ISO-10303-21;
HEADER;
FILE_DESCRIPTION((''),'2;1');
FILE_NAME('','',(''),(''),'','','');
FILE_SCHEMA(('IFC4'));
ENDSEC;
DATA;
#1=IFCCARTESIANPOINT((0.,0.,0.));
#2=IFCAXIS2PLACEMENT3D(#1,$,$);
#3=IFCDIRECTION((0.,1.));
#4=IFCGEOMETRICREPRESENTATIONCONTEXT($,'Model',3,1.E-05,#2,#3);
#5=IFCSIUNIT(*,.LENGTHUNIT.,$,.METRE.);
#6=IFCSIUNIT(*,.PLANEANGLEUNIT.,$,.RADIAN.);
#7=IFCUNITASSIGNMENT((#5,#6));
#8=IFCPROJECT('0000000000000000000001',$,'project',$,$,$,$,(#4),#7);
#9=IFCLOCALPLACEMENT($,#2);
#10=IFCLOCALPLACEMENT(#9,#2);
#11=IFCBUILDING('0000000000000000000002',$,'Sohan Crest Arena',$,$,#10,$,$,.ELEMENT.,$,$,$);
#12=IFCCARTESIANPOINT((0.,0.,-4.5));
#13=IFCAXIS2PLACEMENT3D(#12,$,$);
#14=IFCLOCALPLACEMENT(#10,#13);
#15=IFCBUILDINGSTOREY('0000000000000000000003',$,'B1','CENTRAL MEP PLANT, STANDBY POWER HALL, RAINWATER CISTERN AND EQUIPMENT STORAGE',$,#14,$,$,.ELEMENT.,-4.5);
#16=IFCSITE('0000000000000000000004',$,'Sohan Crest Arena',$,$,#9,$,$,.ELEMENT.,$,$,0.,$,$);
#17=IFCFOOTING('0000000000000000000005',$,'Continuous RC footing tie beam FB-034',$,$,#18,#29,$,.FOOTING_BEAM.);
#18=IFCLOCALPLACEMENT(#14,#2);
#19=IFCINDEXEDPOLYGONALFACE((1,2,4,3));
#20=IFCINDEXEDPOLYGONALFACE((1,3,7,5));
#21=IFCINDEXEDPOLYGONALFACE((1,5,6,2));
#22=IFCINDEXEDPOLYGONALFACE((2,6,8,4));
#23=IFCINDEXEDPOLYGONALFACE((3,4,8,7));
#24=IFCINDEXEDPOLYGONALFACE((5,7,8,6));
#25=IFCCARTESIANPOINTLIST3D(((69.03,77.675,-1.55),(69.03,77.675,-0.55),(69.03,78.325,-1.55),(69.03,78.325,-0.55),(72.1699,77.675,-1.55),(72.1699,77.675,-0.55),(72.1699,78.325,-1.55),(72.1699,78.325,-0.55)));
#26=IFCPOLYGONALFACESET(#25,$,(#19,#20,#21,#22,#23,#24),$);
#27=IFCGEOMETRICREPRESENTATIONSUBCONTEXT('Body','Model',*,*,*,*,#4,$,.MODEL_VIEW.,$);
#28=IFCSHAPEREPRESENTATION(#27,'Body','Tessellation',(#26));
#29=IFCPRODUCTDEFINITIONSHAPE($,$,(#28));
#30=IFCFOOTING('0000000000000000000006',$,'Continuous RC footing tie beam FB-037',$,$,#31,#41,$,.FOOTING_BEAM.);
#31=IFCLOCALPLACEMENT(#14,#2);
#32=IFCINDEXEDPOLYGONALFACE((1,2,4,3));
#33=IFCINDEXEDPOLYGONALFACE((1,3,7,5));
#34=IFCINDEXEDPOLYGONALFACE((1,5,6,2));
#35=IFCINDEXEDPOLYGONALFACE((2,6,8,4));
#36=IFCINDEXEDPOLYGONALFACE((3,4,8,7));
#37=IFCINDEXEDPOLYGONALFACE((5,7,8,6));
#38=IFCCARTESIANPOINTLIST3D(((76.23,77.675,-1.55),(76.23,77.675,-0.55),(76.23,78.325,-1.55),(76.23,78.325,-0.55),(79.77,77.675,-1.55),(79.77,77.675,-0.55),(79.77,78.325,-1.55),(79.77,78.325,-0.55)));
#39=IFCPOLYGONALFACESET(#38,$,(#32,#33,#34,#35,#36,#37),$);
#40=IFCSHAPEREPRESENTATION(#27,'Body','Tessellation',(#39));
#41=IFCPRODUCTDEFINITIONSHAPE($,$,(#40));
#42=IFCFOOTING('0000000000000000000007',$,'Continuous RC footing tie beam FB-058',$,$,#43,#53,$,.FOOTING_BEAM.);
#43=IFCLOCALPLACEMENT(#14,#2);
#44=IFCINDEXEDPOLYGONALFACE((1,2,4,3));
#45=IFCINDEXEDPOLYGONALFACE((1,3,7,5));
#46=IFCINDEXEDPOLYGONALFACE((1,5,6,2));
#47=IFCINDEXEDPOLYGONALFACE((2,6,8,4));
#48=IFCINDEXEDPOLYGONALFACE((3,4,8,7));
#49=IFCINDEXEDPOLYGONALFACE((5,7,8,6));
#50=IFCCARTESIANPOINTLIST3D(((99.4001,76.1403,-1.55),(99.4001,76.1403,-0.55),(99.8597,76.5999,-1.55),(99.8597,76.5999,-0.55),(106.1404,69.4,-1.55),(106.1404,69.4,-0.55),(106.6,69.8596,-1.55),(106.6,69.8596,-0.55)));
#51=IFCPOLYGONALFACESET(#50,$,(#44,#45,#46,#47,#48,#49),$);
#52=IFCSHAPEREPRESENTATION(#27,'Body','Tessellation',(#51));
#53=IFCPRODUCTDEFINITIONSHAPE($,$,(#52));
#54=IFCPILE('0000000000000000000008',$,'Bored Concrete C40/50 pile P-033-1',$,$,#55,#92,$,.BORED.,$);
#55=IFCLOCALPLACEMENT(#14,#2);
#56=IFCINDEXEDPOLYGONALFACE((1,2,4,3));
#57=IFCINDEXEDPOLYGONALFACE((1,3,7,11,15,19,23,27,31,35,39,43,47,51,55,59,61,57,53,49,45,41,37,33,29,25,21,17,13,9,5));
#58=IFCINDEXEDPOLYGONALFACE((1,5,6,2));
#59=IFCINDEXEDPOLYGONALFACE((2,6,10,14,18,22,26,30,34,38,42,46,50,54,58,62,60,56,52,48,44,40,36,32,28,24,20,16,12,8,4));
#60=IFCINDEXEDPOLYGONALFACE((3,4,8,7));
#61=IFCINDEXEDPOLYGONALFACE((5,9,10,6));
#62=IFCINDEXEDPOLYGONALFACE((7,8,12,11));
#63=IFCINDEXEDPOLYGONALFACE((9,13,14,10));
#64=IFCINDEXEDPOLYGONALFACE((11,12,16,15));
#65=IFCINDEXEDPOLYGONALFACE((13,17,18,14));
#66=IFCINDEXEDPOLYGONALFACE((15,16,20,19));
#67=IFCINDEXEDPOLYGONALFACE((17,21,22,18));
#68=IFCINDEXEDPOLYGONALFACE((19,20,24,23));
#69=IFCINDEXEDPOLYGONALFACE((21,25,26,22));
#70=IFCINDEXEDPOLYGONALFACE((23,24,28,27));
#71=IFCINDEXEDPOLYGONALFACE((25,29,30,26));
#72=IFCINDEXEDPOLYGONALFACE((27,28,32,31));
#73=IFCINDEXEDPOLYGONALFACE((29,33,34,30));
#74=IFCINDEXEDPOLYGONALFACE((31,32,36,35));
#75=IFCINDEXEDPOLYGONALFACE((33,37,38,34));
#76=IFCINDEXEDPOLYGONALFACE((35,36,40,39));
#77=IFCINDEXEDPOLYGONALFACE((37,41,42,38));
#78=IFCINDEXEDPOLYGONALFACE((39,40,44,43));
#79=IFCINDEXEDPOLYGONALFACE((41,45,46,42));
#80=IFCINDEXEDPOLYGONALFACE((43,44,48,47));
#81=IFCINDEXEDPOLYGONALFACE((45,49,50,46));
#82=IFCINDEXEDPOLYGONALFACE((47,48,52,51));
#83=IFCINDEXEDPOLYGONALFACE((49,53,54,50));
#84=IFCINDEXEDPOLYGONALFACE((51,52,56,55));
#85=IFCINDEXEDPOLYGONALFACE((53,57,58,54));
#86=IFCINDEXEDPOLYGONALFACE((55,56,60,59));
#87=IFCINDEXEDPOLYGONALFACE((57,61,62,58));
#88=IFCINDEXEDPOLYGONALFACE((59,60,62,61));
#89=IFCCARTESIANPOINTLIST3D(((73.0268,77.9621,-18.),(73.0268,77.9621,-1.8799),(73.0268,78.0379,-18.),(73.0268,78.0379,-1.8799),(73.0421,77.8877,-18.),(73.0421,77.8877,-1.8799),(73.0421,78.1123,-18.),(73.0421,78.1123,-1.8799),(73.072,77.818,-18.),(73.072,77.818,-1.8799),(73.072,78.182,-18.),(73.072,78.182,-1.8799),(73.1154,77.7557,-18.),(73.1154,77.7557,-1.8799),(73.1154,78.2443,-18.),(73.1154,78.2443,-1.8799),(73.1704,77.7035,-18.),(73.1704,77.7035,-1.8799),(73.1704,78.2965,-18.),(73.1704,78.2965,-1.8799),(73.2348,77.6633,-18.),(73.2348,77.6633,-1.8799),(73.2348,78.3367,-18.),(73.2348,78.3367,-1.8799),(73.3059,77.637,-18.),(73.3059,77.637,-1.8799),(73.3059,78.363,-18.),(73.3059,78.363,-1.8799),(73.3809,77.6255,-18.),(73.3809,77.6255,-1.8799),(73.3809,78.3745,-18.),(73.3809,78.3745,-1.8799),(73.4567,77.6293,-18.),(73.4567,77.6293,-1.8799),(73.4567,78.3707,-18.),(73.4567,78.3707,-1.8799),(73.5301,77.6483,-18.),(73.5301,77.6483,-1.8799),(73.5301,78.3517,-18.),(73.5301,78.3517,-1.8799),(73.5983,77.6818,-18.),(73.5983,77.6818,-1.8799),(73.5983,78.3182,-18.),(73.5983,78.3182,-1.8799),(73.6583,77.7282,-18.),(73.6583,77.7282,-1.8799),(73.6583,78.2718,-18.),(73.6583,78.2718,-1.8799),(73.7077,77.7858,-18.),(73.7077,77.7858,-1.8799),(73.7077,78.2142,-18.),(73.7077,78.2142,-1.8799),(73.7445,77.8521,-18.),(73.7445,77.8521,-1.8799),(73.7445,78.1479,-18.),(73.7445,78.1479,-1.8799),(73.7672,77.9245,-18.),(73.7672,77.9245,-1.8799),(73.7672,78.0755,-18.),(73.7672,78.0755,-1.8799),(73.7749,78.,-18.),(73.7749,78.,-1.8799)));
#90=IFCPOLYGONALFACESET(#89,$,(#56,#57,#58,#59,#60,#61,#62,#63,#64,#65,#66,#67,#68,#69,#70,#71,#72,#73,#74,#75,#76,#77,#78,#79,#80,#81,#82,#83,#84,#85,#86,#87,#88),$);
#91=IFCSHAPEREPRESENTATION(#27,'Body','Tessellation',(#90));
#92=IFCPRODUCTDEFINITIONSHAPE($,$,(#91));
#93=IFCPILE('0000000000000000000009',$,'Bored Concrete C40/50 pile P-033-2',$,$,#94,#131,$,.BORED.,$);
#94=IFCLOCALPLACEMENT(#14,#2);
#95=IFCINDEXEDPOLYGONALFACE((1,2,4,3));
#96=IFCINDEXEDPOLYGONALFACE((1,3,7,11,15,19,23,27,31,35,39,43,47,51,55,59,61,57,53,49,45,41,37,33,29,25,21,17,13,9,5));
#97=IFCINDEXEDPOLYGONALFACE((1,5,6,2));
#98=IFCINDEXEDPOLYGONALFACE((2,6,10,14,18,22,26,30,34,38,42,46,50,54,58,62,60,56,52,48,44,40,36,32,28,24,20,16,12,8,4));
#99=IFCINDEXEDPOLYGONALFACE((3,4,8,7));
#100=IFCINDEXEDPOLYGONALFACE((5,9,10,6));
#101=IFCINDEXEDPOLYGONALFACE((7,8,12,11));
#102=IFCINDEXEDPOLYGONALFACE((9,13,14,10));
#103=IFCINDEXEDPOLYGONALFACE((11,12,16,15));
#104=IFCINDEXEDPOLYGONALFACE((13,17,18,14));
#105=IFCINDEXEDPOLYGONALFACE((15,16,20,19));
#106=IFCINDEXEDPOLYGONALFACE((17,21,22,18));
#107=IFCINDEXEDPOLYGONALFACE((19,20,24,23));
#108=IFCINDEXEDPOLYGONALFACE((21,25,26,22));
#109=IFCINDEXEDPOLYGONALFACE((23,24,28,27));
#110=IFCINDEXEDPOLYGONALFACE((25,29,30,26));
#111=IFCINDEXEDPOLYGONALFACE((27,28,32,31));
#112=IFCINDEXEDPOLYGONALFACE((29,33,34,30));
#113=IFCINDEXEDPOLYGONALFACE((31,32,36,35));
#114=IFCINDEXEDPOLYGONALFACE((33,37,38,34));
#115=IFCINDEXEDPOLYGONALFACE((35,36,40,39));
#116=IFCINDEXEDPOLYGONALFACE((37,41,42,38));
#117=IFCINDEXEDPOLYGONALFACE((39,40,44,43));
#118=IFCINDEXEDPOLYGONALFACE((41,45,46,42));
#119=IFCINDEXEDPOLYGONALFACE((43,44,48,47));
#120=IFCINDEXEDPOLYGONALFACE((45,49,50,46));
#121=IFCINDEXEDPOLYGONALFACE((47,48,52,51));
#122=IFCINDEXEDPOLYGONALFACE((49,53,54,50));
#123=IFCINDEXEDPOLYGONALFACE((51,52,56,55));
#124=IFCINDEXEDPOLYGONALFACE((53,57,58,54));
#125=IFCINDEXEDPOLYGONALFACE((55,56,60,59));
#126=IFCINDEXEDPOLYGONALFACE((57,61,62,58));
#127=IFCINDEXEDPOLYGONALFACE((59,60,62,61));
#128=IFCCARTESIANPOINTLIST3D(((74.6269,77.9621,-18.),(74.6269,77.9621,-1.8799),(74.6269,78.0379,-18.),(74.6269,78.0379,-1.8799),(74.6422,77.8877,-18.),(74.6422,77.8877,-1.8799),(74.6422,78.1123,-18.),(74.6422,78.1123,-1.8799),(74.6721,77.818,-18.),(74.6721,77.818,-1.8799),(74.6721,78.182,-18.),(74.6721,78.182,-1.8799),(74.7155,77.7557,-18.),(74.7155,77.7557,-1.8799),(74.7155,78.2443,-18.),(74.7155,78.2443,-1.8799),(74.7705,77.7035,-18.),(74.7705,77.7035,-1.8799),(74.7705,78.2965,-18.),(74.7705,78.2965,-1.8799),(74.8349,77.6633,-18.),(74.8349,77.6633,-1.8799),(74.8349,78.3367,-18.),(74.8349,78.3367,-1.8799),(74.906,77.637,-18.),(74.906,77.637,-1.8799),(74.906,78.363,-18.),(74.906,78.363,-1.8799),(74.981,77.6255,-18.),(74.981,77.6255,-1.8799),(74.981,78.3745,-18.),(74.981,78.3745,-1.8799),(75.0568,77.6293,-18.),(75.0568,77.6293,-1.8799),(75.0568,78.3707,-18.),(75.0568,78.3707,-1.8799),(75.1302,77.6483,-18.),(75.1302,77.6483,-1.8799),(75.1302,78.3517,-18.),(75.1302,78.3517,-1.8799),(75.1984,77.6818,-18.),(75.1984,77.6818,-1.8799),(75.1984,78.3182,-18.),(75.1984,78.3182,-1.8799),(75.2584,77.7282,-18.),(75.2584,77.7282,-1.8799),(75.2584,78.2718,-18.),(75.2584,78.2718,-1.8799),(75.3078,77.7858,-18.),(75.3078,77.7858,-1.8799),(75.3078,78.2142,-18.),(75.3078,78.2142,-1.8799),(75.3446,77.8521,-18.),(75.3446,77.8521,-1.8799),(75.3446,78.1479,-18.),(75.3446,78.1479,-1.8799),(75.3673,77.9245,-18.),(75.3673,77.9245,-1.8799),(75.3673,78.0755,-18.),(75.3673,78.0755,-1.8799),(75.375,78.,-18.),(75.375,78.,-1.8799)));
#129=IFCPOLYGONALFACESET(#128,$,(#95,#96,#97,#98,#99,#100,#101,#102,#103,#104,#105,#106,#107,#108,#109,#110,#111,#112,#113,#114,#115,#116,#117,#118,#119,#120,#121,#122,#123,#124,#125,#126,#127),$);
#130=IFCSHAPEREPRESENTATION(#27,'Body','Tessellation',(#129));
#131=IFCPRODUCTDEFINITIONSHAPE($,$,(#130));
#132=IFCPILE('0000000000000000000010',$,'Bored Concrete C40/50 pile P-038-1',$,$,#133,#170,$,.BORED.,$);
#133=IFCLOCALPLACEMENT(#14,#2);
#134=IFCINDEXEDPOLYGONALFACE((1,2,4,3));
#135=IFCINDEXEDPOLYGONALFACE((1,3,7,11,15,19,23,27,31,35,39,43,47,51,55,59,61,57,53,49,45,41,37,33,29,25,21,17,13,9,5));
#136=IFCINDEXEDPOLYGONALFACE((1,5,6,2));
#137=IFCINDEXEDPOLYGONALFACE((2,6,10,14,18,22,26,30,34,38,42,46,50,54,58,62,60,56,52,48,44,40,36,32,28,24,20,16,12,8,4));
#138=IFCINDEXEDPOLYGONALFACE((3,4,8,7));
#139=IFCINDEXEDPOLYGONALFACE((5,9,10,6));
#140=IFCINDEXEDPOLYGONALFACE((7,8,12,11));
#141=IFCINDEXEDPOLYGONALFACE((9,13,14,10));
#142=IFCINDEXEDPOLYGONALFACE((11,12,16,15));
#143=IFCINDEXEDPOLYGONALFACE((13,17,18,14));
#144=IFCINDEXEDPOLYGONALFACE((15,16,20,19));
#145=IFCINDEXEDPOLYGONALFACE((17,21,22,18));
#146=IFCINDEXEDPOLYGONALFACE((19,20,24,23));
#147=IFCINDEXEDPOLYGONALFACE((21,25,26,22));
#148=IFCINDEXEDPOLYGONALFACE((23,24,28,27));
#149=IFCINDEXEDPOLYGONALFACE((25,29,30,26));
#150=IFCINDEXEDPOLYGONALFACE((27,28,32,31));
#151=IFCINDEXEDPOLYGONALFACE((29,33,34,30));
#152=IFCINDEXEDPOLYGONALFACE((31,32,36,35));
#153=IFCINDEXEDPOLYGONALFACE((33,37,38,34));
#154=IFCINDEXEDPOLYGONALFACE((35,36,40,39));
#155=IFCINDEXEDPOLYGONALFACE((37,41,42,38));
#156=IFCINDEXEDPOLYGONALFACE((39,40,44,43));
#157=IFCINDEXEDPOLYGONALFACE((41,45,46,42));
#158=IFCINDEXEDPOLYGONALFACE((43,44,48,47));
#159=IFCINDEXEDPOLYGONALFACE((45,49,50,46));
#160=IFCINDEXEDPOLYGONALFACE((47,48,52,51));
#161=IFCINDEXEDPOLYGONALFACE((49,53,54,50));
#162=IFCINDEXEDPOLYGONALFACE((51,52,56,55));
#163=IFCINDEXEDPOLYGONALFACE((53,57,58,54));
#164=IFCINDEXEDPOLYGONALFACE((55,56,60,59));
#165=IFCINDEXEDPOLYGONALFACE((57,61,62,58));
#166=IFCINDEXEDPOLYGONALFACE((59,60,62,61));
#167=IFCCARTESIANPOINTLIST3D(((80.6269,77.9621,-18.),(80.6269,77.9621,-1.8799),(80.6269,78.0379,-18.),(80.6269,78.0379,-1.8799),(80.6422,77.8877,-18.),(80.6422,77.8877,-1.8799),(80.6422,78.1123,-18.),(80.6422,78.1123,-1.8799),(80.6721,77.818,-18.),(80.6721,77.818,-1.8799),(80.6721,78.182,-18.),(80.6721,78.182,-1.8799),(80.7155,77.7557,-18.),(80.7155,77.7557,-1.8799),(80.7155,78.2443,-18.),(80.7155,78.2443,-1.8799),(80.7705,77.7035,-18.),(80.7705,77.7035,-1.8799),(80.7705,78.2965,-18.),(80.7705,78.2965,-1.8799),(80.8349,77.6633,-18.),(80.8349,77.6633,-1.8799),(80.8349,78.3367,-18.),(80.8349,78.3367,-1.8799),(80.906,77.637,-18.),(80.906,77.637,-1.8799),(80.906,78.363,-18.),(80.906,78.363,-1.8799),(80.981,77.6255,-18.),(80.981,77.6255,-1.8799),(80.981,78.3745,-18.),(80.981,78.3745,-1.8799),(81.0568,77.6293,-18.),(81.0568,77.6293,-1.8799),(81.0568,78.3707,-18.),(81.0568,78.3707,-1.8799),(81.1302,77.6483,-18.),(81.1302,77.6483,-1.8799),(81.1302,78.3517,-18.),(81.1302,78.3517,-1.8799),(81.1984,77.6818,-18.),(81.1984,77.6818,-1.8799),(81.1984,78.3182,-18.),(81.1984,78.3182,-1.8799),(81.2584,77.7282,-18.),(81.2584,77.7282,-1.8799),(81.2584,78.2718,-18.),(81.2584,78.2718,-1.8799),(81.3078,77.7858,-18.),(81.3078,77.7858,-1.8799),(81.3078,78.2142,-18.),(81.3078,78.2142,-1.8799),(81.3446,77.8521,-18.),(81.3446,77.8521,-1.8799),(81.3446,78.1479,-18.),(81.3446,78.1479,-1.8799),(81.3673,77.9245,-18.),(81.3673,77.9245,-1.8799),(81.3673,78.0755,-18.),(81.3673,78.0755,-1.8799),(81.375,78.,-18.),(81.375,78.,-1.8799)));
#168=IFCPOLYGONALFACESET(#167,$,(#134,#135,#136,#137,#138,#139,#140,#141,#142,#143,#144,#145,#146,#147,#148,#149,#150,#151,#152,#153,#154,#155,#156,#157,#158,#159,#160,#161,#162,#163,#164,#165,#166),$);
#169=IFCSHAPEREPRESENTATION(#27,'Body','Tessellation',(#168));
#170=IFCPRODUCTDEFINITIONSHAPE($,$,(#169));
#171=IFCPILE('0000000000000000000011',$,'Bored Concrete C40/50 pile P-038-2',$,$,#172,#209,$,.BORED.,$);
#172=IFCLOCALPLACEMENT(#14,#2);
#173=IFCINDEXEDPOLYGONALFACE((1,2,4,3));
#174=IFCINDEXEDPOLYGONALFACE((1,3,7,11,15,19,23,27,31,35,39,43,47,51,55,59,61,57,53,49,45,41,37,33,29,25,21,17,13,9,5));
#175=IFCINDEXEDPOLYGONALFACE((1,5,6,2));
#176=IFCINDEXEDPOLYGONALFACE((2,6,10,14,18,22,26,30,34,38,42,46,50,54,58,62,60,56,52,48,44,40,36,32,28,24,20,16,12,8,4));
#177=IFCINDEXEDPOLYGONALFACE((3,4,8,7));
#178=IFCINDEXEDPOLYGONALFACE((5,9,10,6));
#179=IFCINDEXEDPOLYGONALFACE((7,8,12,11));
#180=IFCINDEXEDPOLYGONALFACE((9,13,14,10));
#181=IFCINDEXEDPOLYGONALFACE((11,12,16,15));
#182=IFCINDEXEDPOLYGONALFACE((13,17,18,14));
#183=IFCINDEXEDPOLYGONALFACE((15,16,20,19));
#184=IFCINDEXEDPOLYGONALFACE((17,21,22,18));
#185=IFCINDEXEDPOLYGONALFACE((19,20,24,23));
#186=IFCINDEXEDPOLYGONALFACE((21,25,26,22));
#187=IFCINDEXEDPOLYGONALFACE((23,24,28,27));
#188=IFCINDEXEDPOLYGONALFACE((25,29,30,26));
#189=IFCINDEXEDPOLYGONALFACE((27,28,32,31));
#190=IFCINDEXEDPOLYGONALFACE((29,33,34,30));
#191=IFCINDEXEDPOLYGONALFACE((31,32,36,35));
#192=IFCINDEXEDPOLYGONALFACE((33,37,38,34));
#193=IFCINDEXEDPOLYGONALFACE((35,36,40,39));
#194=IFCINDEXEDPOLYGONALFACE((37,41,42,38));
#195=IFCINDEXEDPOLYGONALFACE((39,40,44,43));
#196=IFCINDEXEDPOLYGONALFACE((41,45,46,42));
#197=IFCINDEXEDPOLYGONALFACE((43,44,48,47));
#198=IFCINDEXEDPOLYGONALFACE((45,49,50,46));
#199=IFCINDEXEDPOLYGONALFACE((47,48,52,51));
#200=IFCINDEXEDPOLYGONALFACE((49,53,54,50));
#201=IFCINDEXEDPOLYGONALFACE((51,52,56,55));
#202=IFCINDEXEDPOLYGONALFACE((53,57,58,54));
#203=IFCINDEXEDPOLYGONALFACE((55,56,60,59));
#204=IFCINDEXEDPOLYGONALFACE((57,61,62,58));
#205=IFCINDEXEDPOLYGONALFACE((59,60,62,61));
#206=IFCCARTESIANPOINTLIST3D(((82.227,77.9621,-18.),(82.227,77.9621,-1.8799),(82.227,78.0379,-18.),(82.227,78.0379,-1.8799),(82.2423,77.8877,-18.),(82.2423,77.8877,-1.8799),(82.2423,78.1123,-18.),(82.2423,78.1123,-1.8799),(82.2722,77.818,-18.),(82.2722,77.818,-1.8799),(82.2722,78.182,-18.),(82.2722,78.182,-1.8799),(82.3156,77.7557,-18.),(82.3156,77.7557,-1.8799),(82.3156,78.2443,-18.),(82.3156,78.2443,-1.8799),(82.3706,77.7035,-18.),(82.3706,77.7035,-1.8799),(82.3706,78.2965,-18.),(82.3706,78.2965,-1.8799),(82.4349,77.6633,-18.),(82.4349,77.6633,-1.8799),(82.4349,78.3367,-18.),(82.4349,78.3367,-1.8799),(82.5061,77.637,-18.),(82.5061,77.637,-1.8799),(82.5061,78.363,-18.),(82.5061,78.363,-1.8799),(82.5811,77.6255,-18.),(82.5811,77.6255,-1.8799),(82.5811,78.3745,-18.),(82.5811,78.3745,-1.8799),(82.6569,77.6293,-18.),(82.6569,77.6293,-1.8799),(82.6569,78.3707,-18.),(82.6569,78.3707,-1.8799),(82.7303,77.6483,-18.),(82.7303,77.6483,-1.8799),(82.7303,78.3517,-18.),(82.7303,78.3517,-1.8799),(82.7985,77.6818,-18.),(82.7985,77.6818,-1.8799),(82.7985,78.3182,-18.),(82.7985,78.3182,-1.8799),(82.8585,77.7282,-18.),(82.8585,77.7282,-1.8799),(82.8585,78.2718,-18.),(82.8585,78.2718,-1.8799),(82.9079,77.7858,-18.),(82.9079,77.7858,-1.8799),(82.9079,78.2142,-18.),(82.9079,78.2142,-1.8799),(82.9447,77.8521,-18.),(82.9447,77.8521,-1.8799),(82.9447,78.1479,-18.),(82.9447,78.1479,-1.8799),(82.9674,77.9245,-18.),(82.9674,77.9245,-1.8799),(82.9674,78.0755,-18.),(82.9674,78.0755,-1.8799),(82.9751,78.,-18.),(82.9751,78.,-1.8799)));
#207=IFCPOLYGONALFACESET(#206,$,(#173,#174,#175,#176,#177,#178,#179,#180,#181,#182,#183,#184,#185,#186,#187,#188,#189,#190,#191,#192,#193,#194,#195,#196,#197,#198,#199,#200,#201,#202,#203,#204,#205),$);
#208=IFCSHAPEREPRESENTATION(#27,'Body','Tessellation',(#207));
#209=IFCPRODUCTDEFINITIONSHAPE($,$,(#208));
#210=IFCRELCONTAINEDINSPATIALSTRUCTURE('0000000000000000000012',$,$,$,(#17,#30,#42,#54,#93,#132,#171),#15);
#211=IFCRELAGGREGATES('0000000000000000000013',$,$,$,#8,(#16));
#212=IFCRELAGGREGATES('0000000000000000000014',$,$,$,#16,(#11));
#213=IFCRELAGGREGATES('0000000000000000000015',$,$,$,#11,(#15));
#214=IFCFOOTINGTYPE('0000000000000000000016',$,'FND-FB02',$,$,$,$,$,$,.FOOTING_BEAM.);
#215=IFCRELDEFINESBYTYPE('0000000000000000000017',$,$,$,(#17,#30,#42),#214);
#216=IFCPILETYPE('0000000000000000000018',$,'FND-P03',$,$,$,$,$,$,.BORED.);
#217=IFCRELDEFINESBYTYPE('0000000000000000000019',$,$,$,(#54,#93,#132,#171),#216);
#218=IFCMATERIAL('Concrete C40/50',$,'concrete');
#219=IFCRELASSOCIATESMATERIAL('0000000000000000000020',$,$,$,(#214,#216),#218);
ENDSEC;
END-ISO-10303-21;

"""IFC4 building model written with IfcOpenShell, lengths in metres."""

from ifc_helpers import new_model, si_unit, direction, frame, origin, origin_2d, place, context, subcontext, project, spatial, rectangle, circle, extrude, material, material_profile, profile_set, type_object, element, save


model = new_model("IFC4")

# Units and contexts
model_context = context("Model", 3, precision=1e-05, world=origin(), true_north=direction((0.0, 1.0)))
body_context = subcontext(model_context, "Body", "Model", "MODEL_VIEW")
ifc_project = project(units=[si_unit("LENGTHUNIT", "METRE"), si_unit("PLANEANGLEUNIT", "RADIAN")], contexts=[model_context])

# Site, building, storey
site_placement = place(None, origin())
site = spatial("IfcSite", under=ifc_project, at=site_placement, Name="Sohan Crest Arena", CompositionType="ELEMENT", RefElevation=0.0)
building_placement = place(site_placement, origin())
building = spatial("IfcBuilding", under=site, at=building_placement, Name="Sohan Crest Arena", CompositionType="ELEMENT")
storey_placement = place(building_placement, frame((0.0, 0.0, -4.5)))
storey = spatial("IfcBuildingStorey", under=building, at=storey_placement, Name="B1", Description="CENTRAL MEP PLANT, STANDBY POWER HALL, RAINWATER CISTERN AND EQUIPMENT STORAGE", CompositionType="ELEMENT", Elevation=-4.5)

# Footings
ifc_material = material(Name="Concrete C40/50", Category="concrete")
ifc_material_profile_1 = material_profile(ifc_material, rectangle(XDim=0.6499, YDim=1.0, at=origin_2d()), Name="RC-FB 650x1000")
ifc_profile_set_1 = profile_set([ifc_material_profile_1], Name="Concrete C40/50")
footing_type_1 = type_object("IfcFootingType", Name="FND-FB02", PredefinedType="FOOTING_BEAM", material=ifc_profile_set_1)
footing_1_placement = place(storey_placement, frame((69.03, 78.0, -1.05), z_axis=(1.0, 0.0, 0.0), x_axis=(0.0, 1.0, 0.0)))
element("IfcFooting", 1, at=footing_1_placement, inside=storey, type_object=footing_type_1, Name="Continuous RC footing tie beam FB-034", PredefinedType="FOOTING_BEAM", context=body_context, shape_type="SweptSolid", body=[
    extrude(rectangle(XDim=0.6499, YDim=1.0, at=origin_2d()), origin(), (0.0, 0.0, 1.0), 3.1399),
])
footing_2_placement = place(storey_placement, frame((76.23, 78.0, -1.05), z_axis=(1.0, 0.0, 0.0), x_axis=(0.0, 1.0, 0.0)))
element("IfcFooting", 2, at=footing_2_placement, inside=storey, type_object=footing_type_1, Name="Continuous RC footing tie beam FB-037", PredefinedType="FOOTING_BEAM", context=body_context, shape_type="SweptSolid", body=[
    extrude(rectangle(XDim=0.6499, YDim=1.0, at=origin_2d()), origin(), (0.0, 0.0, 1.0), 3.54),
])
footing_3_placement = place(storey_placement, frame((99.6299, 76.3701, -1.05), z_axis=(0.707107, -0.707107, 0.0), x_axis=(0.707107, 0.707107, 0.0)))
element("IfcFooting", 3, at=footing_3_placement, inside=storey, type_object=footing_type_1, Name="Continuous RC footing tie beam FB-058", PredefinedType="FOOTING_BEAM", context=body_context, shape_type="SweptSolid", body=[
    extrude(rectangle(XDim=0.6499, YDim=1.0, at=origin_2d()), origin(), (0.0, 0.0, 1.0), 9.5322),
])

# Piles
ifc_material_profile_2 = material_profile(ifc_material, circle(Radius=0.375, at=origin_2d()), Name="PILE D750")
ifc_profile_set_2 = profile_set([ifc_material_profile_2], Name="Concrete C40/50")
pile_type = type_object("IfcPileType", Name="FND-P03", PredefinedType="BORED", material=ifc_profile_set_2)
for number, where, z_axis, x_axis, name in (
    (4, (73.3999, 78.0, -18.0), (0.0, 0.0, 1.0), (1.0, 0.0, 0.0), "Bored Concrete C40/50 pile P-033-1"),
    (5, (75.0, 78.0, -18.0), (0.0, 0.0, 1.0), (1.0, 0.0, 0.0), "Bored Concrete C40/50 pile P-033-2"),
    (6, (81.0, 78.0, -18.0), (0.0, 0.0, 1.0), (1.0, 0.0, 0.0), "Bored Concrete C40/50 pile P-038-1"),
    (7, (82.6001, 78.0, -18.0), (0.0, 0.0, 1.0), (1.0, 0.0, 0.0), "Bored Concrete C40/50 pile P-038-2"),
):
    element("IfcPile", number, at=place(storey_placement, frame(where, z_axis=z_axis, x_axis=x_axis)), inside=storey, type_object=pile_type, Name=name, PredefinedType="BORED", context=body_context, shape_type="SweptSolid", body=[
        extrude(circle(Radius=0.375, at=origin_2d()), origin(), (0.0, 0.0, 1.0), 16.1201),
    ])

save(model, "model.ifc")
